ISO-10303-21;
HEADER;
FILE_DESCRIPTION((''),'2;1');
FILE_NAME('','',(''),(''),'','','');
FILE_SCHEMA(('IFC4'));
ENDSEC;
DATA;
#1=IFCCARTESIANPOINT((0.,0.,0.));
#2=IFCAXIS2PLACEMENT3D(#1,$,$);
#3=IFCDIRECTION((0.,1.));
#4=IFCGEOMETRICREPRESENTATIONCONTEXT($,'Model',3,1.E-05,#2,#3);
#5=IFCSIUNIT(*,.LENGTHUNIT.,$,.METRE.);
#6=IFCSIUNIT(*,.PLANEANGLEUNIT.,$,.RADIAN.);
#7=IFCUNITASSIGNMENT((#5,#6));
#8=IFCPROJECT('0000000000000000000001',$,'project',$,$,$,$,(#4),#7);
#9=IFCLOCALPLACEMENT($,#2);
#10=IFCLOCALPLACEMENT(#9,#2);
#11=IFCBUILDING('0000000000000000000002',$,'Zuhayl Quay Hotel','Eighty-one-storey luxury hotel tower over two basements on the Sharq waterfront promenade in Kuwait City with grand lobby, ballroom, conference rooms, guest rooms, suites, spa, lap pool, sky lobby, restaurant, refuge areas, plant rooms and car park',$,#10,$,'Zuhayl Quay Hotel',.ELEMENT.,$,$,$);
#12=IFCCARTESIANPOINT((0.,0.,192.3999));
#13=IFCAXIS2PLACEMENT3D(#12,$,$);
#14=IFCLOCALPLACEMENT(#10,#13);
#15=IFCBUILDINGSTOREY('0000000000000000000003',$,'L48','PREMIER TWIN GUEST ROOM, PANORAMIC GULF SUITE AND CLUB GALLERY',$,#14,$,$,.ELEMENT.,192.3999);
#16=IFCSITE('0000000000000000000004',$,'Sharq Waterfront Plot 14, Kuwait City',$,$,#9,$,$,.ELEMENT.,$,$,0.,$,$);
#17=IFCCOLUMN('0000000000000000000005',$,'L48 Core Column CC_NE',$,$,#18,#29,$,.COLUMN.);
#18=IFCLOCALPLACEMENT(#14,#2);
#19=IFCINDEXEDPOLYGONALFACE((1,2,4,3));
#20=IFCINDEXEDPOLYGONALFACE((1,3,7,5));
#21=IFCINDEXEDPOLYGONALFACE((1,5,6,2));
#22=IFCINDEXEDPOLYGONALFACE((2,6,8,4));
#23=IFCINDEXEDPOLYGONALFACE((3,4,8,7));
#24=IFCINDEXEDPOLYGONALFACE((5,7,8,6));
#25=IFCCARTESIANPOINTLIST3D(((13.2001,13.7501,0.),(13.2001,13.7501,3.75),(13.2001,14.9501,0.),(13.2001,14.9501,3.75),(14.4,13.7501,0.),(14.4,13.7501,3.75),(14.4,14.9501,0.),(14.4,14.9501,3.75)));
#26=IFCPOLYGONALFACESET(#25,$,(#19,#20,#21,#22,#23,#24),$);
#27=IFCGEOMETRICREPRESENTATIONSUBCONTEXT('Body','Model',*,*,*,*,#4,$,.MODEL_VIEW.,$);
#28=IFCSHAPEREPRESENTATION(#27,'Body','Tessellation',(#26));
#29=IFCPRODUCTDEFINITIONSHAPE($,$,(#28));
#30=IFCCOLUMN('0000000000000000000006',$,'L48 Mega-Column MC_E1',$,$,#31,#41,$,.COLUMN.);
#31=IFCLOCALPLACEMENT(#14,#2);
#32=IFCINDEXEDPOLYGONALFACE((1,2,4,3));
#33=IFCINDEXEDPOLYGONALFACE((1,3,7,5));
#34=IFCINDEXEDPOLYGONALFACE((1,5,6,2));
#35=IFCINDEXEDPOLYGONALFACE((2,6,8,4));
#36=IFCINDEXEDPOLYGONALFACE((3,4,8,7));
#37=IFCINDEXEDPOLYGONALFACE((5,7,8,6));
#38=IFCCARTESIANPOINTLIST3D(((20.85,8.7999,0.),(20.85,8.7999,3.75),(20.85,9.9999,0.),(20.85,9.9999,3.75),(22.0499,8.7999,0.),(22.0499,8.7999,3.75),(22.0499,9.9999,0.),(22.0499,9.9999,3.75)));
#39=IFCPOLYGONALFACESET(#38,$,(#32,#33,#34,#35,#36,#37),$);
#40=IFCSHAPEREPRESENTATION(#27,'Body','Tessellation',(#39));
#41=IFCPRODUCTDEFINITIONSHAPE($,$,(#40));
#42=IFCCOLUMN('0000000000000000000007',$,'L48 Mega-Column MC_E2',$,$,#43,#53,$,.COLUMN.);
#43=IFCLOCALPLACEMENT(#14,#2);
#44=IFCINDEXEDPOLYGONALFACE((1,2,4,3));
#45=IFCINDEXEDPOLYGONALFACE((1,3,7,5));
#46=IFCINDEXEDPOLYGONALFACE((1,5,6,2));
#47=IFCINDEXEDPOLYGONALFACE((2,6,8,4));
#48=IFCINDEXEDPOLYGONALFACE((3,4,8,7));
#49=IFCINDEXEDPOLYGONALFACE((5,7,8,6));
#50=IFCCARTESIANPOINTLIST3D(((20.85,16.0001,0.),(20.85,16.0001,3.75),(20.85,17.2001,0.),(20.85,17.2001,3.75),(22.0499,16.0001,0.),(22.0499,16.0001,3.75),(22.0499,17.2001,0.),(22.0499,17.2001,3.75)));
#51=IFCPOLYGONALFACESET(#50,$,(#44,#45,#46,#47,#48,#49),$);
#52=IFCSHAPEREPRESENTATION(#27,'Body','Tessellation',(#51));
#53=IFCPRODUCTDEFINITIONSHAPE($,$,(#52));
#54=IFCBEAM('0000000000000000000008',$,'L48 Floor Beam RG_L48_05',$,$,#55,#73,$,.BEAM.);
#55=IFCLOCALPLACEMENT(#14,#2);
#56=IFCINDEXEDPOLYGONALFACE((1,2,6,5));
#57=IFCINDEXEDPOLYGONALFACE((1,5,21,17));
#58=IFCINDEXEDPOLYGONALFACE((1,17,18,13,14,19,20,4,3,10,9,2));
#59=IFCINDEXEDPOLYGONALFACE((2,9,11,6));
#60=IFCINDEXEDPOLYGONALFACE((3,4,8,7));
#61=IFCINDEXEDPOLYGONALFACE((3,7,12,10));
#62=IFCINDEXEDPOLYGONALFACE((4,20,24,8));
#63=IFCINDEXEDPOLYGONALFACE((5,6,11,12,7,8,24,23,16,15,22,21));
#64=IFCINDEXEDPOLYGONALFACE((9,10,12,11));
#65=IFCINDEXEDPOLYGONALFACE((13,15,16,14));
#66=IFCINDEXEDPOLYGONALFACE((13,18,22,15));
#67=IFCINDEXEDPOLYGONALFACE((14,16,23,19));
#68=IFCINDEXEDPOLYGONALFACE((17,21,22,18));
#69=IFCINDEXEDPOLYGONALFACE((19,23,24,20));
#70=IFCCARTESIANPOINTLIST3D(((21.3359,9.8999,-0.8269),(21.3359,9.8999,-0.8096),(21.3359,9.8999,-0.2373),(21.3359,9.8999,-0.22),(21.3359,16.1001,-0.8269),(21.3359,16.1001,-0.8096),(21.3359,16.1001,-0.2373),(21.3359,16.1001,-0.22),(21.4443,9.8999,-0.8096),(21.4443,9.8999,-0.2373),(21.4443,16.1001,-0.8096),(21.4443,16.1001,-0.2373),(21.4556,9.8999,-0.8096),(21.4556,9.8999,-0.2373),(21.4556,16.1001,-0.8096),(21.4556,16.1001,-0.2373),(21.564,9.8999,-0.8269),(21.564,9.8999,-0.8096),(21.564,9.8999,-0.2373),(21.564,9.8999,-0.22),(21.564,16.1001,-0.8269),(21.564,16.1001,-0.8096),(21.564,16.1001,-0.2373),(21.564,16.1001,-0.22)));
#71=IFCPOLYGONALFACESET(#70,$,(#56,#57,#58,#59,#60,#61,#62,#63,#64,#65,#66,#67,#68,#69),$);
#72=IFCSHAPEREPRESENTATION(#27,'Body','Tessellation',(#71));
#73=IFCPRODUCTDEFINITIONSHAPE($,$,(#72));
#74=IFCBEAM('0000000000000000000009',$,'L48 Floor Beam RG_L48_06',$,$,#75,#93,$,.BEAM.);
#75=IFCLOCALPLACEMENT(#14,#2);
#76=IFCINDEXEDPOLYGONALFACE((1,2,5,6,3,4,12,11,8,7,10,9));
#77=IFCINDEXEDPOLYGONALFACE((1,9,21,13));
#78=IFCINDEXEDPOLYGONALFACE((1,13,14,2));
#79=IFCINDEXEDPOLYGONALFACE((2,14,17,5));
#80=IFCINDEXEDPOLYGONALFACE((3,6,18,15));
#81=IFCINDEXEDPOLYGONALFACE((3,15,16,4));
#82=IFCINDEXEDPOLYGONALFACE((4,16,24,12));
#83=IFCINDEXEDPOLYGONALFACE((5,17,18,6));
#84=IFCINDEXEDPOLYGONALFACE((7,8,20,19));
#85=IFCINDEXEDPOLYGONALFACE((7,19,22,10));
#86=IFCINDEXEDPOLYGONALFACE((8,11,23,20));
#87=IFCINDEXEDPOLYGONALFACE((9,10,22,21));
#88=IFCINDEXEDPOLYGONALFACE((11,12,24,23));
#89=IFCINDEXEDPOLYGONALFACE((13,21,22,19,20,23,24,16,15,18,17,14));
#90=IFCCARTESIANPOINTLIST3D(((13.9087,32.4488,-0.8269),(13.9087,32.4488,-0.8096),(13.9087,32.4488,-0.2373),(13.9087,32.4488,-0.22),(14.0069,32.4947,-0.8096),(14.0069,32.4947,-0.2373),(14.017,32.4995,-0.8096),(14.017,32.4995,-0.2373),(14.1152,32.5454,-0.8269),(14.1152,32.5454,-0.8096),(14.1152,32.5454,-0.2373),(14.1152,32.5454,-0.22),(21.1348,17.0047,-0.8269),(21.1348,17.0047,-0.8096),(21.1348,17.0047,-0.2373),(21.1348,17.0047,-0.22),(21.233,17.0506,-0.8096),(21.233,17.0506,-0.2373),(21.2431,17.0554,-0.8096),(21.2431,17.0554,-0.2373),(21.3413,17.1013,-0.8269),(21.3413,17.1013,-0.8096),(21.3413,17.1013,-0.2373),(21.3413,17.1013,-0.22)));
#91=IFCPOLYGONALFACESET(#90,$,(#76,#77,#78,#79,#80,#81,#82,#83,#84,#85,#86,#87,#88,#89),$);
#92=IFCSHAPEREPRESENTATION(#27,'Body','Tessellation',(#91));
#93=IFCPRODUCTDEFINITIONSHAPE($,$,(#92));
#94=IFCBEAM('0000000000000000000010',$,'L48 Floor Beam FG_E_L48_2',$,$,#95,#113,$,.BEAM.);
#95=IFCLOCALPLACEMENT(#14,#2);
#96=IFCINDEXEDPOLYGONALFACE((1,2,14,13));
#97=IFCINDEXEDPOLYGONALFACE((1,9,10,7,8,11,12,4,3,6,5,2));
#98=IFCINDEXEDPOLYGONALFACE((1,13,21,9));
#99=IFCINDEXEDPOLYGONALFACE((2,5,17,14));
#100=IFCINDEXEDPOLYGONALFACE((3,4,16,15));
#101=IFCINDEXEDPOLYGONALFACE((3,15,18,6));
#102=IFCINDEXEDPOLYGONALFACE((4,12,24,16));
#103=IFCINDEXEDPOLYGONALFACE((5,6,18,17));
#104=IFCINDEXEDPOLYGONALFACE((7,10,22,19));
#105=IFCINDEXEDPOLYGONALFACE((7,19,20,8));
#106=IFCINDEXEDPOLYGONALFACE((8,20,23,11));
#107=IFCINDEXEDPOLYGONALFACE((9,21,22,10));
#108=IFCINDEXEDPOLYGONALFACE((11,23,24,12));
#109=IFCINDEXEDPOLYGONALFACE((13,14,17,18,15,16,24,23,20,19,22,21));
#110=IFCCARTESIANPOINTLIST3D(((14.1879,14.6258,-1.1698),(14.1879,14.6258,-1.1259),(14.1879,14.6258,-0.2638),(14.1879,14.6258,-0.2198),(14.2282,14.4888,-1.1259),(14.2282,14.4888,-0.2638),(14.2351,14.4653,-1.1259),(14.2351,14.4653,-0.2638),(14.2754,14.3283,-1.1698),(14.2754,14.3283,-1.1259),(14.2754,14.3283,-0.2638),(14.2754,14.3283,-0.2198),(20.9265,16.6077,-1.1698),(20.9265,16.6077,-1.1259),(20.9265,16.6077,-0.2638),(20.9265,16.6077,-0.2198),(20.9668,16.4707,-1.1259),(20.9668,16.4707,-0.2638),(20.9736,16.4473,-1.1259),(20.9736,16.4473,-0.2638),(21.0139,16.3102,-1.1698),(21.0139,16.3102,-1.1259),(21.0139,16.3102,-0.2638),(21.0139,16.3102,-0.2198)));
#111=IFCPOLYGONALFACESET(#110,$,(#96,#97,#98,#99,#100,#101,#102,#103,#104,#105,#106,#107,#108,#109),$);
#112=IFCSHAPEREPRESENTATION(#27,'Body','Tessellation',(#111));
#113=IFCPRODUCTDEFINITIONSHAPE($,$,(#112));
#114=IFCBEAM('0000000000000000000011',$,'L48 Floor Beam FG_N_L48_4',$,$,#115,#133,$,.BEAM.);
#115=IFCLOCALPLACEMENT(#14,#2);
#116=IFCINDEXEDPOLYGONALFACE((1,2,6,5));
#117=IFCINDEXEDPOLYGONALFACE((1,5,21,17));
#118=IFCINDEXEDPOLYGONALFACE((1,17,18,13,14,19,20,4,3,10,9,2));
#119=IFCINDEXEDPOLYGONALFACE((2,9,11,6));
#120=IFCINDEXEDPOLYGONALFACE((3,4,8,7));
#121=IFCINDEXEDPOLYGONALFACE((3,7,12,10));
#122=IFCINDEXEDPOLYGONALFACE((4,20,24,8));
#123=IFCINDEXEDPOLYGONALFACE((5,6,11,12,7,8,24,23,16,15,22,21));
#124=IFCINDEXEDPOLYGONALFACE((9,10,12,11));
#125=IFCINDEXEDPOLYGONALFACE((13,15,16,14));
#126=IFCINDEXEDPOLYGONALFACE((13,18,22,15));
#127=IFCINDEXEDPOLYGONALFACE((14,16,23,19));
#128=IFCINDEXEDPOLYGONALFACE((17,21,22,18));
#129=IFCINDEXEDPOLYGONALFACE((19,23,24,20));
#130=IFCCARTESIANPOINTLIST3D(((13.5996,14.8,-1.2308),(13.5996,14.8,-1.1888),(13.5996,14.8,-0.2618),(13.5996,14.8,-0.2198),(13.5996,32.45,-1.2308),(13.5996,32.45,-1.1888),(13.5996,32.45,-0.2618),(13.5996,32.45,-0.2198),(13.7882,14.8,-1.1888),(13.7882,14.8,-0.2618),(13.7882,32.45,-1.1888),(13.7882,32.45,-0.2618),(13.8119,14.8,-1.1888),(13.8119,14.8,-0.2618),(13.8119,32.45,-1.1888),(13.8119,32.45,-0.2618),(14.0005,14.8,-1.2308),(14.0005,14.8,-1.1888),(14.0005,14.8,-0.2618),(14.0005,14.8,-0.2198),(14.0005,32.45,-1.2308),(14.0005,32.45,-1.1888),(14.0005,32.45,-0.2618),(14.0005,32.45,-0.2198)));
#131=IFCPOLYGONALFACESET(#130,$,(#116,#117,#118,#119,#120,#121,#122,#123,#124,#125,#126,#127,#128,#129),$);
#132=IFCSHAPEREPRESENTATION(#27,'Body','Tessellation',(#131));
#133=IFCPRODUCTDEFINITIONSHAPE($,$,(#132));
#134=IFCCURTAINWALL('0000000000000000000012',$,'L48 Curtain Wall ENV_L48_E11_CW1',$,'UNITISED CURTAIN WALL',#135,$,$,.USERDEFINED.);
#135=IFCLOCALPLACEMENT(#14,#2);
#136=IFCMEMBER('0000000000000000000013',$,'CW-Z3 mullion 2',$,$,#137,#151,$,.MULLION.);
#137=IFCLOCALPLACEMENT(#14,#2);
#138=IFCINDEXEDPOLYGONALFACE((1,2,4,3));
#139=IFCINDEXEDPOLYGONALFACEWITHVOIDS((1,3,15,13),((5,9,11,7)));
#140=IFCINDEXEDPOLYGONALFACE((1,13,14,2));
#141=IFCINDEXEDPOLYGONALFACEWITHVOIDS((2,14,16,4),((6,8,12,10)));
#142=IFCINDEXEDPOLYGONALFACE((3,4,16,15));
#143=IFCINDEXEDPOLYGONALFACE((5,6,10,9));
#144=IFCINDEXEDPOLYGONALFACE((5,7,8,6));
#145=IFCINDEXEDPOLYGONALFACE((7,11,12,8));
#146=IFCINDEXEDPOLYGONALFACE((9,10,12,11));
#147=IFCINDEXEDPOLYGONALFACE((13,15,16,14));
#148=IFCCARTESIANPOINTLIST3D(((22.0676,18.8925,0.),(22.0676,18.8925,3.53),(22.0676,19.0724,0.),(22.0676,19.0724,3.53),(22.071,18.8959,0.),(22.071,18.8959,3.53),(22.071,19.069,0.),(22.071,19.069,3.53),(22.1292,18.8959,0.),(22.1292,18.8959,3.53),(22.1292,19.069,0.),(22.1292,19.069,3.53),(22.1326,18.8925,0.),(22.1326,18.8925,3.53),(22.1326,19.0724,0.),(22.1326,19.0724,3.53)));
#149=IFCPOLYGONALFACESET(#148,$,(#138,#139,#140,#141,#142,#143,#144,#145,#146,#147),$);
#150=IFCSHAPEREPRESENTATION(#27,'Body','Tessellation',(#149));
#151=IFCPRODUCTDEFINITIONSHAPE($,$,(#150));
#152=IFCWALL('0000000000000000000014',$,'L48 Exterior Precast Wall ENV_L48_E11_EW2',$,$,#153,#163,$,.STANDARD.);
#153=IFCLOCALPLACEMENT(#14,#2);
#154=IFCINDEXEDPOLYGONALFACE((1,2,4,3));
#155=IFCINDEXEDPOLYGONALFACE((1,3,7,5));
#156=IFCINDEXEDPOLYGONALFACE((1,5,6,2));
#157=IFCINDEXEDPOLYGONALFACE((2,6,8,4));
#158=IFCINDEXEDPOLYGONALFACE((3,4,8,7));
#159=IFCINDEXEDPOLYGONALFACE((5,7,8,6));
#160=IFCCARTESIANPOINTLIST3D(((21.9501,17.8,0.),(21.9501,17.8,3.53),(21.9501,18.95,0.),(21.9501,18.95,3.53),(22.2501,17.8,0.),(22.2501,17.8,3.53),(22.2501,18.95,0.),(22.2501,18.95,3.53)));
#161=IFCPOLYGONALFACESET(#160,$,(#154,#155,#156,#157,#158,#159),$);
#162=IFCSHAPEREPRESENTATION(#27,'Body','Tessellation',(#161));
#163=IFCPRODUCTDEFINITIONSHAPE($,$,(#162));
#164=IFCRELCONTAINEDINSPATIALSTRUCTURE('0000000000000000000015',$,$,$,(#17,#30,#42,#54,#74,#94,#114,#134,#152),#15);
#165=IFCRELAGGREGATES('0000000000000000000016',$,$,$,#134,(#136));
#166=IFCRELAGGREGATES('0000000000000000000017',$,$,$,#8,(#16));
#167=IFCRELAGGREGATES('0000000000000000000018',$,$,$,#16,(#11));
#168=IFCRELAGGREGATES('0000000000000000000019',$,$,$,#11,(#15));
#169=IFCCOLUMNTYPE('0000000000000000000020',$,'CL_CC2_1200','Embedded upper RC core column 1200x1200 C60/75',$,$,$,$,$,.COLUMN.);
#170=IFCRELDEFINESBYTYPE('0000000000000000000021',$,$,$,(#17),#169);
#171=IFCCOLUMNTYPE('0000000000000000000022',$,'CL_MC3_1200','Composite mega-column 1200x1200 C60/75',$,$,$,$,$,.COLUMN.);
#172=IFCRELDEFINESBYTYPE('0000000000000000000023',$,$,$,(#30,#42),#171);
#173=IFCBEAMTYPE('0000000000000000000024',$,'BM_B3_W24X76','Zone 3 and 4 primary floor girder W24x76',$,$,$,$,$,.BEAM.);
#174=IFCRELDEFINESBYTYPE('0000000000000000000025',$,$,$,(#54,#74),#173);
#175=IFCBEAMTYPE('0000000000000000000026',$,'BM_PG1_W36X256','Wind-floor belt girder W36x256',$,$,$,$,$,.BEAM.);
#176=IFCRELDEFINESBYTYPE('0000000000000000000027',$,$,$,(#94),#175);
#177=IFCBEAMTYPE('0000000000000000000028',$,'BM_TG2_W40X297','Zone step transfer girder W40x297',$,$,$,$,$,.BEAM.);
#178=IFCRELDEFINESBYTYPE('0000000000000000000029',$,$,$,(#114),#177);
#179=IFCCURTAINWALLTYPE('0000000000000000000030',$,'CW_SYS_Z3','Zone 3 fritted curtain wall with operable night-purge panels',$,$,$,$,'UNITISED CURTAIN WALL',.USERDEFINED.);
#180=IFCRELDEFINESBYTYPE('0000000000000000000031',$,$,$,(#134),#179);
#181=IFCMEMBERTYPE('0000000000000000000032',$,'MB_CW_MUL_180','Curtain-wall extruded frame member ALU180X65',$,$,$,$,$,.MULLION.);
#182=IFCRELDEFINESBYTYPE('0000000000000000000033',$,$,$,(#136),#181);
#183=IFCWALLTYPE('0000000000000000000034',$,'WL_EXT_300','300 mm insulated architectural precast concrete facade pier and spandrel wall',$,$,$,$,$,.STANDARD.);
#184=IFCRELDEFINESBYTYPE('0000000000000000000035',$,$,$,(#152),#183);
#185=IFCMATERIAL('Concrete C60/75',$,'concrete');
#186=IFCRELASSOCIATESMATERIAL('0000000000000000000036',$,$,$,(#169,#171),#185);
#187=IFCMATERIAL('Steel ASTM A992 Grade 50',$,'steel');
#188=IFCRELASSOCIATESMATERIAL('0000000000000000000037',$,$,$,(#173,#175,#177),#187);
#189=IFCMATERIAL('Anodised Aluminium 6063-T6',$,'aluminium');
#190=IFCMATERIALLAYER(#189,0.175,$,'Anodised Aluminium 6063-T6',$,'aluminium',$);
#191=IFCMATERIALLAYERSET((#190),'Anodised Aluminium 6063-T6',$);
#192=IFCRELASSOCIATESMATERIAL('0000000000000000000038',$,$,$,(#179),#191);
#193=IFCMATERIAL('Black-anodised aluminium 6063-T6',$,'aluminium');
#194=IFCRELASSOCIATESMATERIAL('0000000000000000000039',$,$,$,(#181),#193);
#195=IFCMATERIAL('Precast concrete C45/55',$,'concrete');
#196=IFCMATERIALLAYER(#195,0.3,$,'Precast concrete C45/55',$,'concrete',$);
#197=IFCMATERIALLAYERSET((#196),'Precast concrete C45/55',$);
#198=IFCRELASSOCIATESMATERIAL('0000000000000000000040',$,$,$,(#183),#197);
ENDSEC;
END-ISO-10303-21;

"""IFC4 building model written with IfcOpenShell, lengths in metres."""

from ifc_helpers import new_model, si_unit, direction, frame, frame_2d, origin, origin_2d, place, context, subcontext, project, spatial, rectangle, hollow_rectangle, i_section, extrude, material, layer, layer_set, material_profile, profile_set, type_object, element, aggregate, save


model = new_model("IFC4")

# Units and contexts
model_context = context("Model", 3, precision=1e-05, world=origin(), true_north=direction((0.0, 1.0)))
body_context = subcontext(model_context, "Body", "Model", "MODEL_VIEW")
ifc_project = project(units=[si_unit("LENGTHUNIT", "METRE"), si_unit("PLANEANGLEUNIT", "RADIAN")], contexts=[model_context])

# Site, building, storey
site_placement = place(None, origin())
site = spatial("IfcSite", under=ifc_project, at=site_placement, Name="Sharq Waterfront Plot 14, Kuwait City", CompositionType="ELEMENT", RefElevation=0.0)
building_placement = place(site_placement, origin())
building = spatial("IfcBuilding", under=site, at=building_placement, Name="Zuhayl Quay Hotel", Description="Eighty-one-storey luxury hotel tower over two basements on the Sharq waterfront promenade in Kuwait City with grand lobby, ballroom, conference rooms, guest rooms, suites, spa, lap pool, sky lobby, restaurant, refuge areas, plant rooms and car park", LongName="Zuhayl Quay Hotel", CompositionType="ELEMENT")
storey_placement = place(building_placement, frame((0.0, 0.0, 192.3999)))
storey = spatial("IfcBuildingStorey", under=building, at=storey_placement, Name="L48", Description="PREMIER TWIN GUEST ROOM, PANORAMIC GULF SUITE AND CLUB GALLERY", CompositionType="ELEMENT", Elevation=192.3999)

# Columns
ifc_material_1 = material(Name="Concrete C60/75", Category="concrete")
ifc_material_profile_1 = material_profile(ifc_material_1, rectangle(XDim=1.2, YDim=1.2, at=origin_2d()), Name="RC1200X1200")
ifc_profile_set_1 = profile_set([ifc_material_profile_1], Name="Concrete C60/75")
column_type_1 = type_object("IfcColumnType", Name="CL_CC2_1200", Description="Embedded upper RC core column 1200x1200 C60/75", PredefinedType="COLUMN", material=ifc_profile_set_1)
column_placement = place(storey_placement, frame((13.8, 14.3501, 0.0), z_axis=(0.0, 0.0, 1.0), x_axis=(1.0, 0.0, 0.0)))
element("IfcColumn", 1, at=column_placement, inside=storey, type_object=column_type_1, Name="L48 Core Column CC_NE", PredefinedType="COLUMN", context=body_context, shape_type="SweptSolid", body=[
    extrude(rectangle(XDim=1.2, YDim=1.2, at=origin_2d()), origin(), (0.0, 0.0, 1.0), 3.75),
])
ifc_material_profile_2 = material_profile(ifc_material_1, rectangle(XDim=1.2, YDim=1.2, at=origin_2d()), Name="RC1200X1200")
ifc_profile_set_2 = profile_set([ifc_material_profile_2], Name="Concrete C60/75")
column_type_2 = type_object("IfcColumnType", Name="CL_MC3_1200", Description="Composite mega-column 1200x1200 C60/75", PredefinedType="COLUMN", material=ifc_profile_set_2)
for number, where, z_axis, x_axis, name in (
    (2, (21.45, 9.3999, 0.0), (0.0, 0.0, 1.0), (1.0, 0.0, 0.0), "L48 Mega-Column MC_E1"),
    (3, (21.45, 16.6001, 0.0), (0.0, 0.0, 1.0), (1.0, 0.0, 0.0), "L48 Mega-Column MC_E2"),
):
    element("IfcColumn", number, at=place(storey_placement, frame(where, z_axis=z_axis, x_axis=x_axis)), inside=storey, type_object=column_type_2, Name=name, PredefinedType="COLUMN", context=body_context, shape_type="SweptSolid", body=[
        extrude(rectangle(XDim=1.2, YDim=1.2, at=origin_2d()), origin(), (0.0, 0.0, 1.0), 3.75),
    ])

# Beams
ifc_material_2 = material(Name="Steel ASTM A992 Grade 50", Category="steel")
ifc_material_profile_3 = material_profile(ifc_material_2, i_section(OverallWidth=0.228, OverallDepth=0.6069, WebThickness=0.0112, FlangeThickness=0.0173, at=origin_2d()), Name="W24X76")
ifc_profile_set_3 = profile_set([ifc_material_profile_3], Name="Steel ASTM A992 Grade 50")
beam_type_1 = type_object("IfcBeamType", Name="BM_B3_W24X76", Description="Zone 3 and 4 primary floor girder W24x76", PredefinedType="BEAM", material=ifc_profile_set_3)
beam_1_placement = place(storey_placement, frame((21.45, 9.8999, -0.5234), z_axis=(0.0, 1.0, 0.0), x_axis=(-1.0, 0.0, 0.0)))
element("IfcBeam", 4, at=beam_1_placement, inside=storey, type_object=beam_type_1, Name="L48 Floor Beam RG_L48_05", PredefinedType="BEAM", context=body_context, shape_type="SweptSolid", body=[
    extrude(i_section(OverallWidth=0.228, OverallDepth=0.6069, WebThickness=0.0112, FlangeThickness=0.0173, at=origin_2d()), origin(), (0.0, 0.0, 1.0), 6.2002),
])
beam_2_placement = place(storey_placement, frame((21.238, 17.053, -0.5234), z_axis=(-0.423792, 0.905759, 0.0), x_axis=(-0.905759, -0.423792, 0.0)))
element("IfcBeam", 5, at=beam_2_placement, inside=storey, type_object=beam_type_1, Name="L48 Floor Beam RG_L48_06", PredefinedType="BEAM", context=body_context, shape_type="SweptSolid", body=[
    extrude(i_section(OverallWidth=0.228, OverallDepth=0.6069, WebThickness=0.0112, FlangeThickness=0.0173, at=origin_2d()), origin(), (0.0, 0.0, 1.0), 17.051),
])
ifc_material_profile_4 = material_profile(ifc_material_2, i_section(OverallWidth=0.3101, OverallDepth=0.95, WebThickness=0.0244, FlangeThickness=0.0439, at=origin_2d()), Name="W36X256")
ifc_profile_set_4 = profile_set([ifc_material_profile_4], Name="Steel ASTM A992 Grade 50")
beam_type_2 = type_object("IfcBeamType", Name="BM_PG1_W36X256", Description="Wind-floor belt girder W36x256", PredefinedType="BEAM", material=ifc_profile_set_4)
beam_3_placement = place(storey_placement, frame((14.2317, 14.4771, -0.6948), z_axis=(0.959365, 0.282168, 0.0), x_axis=(-0.282168, 0.959365, 0.0)))
element("IfcBeam", 6, at=beam_3_placement, inside=storey, type_object=beam_type_2, Name="L48 Floor Beam FG_E_L48_2", PredefinedType="BEAM", context=body_context, shape_type="SweptSolid", body=[
    extrude(i_section(OverallWidth=0.3101, OverallDepth=0.95, WebThickness=0.0244, FlangeThickness=0.0439, at=origin_2d()), origin(), (0.0, 0.0, 1.0), 7.0239),
])
ifc_material_profile_5 = material_profile(ifc_material_2, i_section(OverallWidth=0.4009, OverallDepth=1.011, WebThickness=0.0237, FlangeThickness=0.042, at=origin_2d()), Name="W40X297")
ifc_profile_set_5 = profile_set([ifc_material_profile_5], Name="Steel ASTM A992 Grade 50")
beam_type_3 = type_object("IfcBeamType", Name="BM_TG2_W40X297", Description="Zone step transfer girder W40x297", PredefinedType="BEAM", material=ifc_profile_set_5)
beam_4_placement = place(storey_placement, frame((13.8, 14.8, -0.7253), z_axis=(0.0, 1.0, 0.0), x_axis=(-1.0, 0.0, 0.0)))
element("IfcBeam", 7, at=beam_4_placement, inside=storey, type_object=beam_type_3, Name="L48 Floor Beam FG_N_L48_4", PredefinedType="BEAM", context=body_context, shape_type="SweptSolid", body=[
    extrude(i_section(OverallWidth=0.4009, OverallDepth=1.011, WebThickness=0.0237, FlangeThickness=0.042, at=origin_2d()), origin(), (0.0, 0.0, 1.0), 17.6499),
])

# Curtain wall, member
ifc_material_3 = material(Name="Anodised Aluminium 6063-T6", Category="aluminium")
ifc_layer_1 = layer(ifc_material_3, 0.175, Name="Anodised Aluminium 6063-T6", Category="aluminium")
ifc_layer_set_1 = layer_set([ifc_layer_1], Name="Anodised Aluminium 6063-T6")
curtain_wall_type = type_object("IfcCurtainWallType", Name="CW_SYS_Z3", Description="Zone 3 fritted curtain wall with operable night-purge panels", ElementType="UNITISED CURTAIN WALL", PredefinedType="USERDEFINED", material=ifc_layer_set_1)
curtain_wall_placement = place(storey_placement, origin())
curtain_wall = element("IfcCurtainWall", 8, at=curtain_wall_placement, inside=storey, type_object=curtain_wall_type, Name="L48 Curtain Wall ENV_L48_E11_CW1", ObjectType="UNITISED CURTAIN WALL", PredefinedType="USERDEFINED")
ifc_material_4 = material(Name="Black-anodised aluminium 6063-T6", Category="aluminium")
ifc_material_profile_6 = material_profile(ifc_material_4, hollow_rectangle(XDim=0.0649, YDim=0.1799, WallThickness=0.0034, at=origin_2d()), Name="ALU180X65")
ifc_profile_set_6 = profile_set([ifc_material_profile_6], Name="Black-anodised aluminium 6063-T6")
member_type = type_object("IfcMemberType", Name="MB_CW_MUL_180", Description="Curtain-wall extruded frame member ALU180X65", PredefinedType="MULLION", material=ifc_profile_set_6)
member_placement = place(storey_placement, frame((22.1001, 18.9824, 0.0), z_axis=(0.0, 0.0, 1.0), x_axis=(1.0, 0.0, 0.0)))
member = element("IfcMember", 9, at=member_placement, type_object=member_type, Name="CW-Z3 mullion 2", PredefinedType="MULLION", context=body_context, shape_type="SweptSolid", body=[
    extrude(hollow_rectangle(XDim=0.0649, YDim=0.1799, WallThickness=0.0034, at=origin_2d()), origin(), (0.0, 0.0, 1.0), 3.53),
])
aggregate(curtain_wall, [member])

# Wall
ifc_material_5 = material(Name="Precast concrete C45/55", Category="concrete")
ifc_layer_2 = layer(ifc_material_5, 0.3, Name="Precast concrete C45/55", Category="concrete")
ifc_layer_set_2 = layer_set([ifc_layer_2], Name="Precast concrete C45/55")
wall_type_1 = type_object("IfcWallType", Name="WL_EXT_300", Description="300 mm insulated architectural precast concrete facade pier and spandrel wall", PredefinedType="STANDARD", material=ifc_layer_set_2)
wall_1_placement = place(storey_placement, frame((22.1001, 18.95, 0.0), z_axis=(0.0, 0.0, 1.0), x_axis=(0.0, -1.0, 0.0)))
element("IfcWall", 10, at=wall_1_placement, inside=storey, type_object=wall_type_1, Name="L48 Exterior Precast Wall ENV_L48_E11_EW2", PredefinedType="STANDARD", context=body_context, shape_type="SweptSolid", body=[
    extrude(rectangle(XDim=1.1499, YDim=0.3, at=frame_2d((0.575, 0.0))), origin(), (0.0, 0.0, 1.0), 3.53),
])

save(model, "model.ifc")
